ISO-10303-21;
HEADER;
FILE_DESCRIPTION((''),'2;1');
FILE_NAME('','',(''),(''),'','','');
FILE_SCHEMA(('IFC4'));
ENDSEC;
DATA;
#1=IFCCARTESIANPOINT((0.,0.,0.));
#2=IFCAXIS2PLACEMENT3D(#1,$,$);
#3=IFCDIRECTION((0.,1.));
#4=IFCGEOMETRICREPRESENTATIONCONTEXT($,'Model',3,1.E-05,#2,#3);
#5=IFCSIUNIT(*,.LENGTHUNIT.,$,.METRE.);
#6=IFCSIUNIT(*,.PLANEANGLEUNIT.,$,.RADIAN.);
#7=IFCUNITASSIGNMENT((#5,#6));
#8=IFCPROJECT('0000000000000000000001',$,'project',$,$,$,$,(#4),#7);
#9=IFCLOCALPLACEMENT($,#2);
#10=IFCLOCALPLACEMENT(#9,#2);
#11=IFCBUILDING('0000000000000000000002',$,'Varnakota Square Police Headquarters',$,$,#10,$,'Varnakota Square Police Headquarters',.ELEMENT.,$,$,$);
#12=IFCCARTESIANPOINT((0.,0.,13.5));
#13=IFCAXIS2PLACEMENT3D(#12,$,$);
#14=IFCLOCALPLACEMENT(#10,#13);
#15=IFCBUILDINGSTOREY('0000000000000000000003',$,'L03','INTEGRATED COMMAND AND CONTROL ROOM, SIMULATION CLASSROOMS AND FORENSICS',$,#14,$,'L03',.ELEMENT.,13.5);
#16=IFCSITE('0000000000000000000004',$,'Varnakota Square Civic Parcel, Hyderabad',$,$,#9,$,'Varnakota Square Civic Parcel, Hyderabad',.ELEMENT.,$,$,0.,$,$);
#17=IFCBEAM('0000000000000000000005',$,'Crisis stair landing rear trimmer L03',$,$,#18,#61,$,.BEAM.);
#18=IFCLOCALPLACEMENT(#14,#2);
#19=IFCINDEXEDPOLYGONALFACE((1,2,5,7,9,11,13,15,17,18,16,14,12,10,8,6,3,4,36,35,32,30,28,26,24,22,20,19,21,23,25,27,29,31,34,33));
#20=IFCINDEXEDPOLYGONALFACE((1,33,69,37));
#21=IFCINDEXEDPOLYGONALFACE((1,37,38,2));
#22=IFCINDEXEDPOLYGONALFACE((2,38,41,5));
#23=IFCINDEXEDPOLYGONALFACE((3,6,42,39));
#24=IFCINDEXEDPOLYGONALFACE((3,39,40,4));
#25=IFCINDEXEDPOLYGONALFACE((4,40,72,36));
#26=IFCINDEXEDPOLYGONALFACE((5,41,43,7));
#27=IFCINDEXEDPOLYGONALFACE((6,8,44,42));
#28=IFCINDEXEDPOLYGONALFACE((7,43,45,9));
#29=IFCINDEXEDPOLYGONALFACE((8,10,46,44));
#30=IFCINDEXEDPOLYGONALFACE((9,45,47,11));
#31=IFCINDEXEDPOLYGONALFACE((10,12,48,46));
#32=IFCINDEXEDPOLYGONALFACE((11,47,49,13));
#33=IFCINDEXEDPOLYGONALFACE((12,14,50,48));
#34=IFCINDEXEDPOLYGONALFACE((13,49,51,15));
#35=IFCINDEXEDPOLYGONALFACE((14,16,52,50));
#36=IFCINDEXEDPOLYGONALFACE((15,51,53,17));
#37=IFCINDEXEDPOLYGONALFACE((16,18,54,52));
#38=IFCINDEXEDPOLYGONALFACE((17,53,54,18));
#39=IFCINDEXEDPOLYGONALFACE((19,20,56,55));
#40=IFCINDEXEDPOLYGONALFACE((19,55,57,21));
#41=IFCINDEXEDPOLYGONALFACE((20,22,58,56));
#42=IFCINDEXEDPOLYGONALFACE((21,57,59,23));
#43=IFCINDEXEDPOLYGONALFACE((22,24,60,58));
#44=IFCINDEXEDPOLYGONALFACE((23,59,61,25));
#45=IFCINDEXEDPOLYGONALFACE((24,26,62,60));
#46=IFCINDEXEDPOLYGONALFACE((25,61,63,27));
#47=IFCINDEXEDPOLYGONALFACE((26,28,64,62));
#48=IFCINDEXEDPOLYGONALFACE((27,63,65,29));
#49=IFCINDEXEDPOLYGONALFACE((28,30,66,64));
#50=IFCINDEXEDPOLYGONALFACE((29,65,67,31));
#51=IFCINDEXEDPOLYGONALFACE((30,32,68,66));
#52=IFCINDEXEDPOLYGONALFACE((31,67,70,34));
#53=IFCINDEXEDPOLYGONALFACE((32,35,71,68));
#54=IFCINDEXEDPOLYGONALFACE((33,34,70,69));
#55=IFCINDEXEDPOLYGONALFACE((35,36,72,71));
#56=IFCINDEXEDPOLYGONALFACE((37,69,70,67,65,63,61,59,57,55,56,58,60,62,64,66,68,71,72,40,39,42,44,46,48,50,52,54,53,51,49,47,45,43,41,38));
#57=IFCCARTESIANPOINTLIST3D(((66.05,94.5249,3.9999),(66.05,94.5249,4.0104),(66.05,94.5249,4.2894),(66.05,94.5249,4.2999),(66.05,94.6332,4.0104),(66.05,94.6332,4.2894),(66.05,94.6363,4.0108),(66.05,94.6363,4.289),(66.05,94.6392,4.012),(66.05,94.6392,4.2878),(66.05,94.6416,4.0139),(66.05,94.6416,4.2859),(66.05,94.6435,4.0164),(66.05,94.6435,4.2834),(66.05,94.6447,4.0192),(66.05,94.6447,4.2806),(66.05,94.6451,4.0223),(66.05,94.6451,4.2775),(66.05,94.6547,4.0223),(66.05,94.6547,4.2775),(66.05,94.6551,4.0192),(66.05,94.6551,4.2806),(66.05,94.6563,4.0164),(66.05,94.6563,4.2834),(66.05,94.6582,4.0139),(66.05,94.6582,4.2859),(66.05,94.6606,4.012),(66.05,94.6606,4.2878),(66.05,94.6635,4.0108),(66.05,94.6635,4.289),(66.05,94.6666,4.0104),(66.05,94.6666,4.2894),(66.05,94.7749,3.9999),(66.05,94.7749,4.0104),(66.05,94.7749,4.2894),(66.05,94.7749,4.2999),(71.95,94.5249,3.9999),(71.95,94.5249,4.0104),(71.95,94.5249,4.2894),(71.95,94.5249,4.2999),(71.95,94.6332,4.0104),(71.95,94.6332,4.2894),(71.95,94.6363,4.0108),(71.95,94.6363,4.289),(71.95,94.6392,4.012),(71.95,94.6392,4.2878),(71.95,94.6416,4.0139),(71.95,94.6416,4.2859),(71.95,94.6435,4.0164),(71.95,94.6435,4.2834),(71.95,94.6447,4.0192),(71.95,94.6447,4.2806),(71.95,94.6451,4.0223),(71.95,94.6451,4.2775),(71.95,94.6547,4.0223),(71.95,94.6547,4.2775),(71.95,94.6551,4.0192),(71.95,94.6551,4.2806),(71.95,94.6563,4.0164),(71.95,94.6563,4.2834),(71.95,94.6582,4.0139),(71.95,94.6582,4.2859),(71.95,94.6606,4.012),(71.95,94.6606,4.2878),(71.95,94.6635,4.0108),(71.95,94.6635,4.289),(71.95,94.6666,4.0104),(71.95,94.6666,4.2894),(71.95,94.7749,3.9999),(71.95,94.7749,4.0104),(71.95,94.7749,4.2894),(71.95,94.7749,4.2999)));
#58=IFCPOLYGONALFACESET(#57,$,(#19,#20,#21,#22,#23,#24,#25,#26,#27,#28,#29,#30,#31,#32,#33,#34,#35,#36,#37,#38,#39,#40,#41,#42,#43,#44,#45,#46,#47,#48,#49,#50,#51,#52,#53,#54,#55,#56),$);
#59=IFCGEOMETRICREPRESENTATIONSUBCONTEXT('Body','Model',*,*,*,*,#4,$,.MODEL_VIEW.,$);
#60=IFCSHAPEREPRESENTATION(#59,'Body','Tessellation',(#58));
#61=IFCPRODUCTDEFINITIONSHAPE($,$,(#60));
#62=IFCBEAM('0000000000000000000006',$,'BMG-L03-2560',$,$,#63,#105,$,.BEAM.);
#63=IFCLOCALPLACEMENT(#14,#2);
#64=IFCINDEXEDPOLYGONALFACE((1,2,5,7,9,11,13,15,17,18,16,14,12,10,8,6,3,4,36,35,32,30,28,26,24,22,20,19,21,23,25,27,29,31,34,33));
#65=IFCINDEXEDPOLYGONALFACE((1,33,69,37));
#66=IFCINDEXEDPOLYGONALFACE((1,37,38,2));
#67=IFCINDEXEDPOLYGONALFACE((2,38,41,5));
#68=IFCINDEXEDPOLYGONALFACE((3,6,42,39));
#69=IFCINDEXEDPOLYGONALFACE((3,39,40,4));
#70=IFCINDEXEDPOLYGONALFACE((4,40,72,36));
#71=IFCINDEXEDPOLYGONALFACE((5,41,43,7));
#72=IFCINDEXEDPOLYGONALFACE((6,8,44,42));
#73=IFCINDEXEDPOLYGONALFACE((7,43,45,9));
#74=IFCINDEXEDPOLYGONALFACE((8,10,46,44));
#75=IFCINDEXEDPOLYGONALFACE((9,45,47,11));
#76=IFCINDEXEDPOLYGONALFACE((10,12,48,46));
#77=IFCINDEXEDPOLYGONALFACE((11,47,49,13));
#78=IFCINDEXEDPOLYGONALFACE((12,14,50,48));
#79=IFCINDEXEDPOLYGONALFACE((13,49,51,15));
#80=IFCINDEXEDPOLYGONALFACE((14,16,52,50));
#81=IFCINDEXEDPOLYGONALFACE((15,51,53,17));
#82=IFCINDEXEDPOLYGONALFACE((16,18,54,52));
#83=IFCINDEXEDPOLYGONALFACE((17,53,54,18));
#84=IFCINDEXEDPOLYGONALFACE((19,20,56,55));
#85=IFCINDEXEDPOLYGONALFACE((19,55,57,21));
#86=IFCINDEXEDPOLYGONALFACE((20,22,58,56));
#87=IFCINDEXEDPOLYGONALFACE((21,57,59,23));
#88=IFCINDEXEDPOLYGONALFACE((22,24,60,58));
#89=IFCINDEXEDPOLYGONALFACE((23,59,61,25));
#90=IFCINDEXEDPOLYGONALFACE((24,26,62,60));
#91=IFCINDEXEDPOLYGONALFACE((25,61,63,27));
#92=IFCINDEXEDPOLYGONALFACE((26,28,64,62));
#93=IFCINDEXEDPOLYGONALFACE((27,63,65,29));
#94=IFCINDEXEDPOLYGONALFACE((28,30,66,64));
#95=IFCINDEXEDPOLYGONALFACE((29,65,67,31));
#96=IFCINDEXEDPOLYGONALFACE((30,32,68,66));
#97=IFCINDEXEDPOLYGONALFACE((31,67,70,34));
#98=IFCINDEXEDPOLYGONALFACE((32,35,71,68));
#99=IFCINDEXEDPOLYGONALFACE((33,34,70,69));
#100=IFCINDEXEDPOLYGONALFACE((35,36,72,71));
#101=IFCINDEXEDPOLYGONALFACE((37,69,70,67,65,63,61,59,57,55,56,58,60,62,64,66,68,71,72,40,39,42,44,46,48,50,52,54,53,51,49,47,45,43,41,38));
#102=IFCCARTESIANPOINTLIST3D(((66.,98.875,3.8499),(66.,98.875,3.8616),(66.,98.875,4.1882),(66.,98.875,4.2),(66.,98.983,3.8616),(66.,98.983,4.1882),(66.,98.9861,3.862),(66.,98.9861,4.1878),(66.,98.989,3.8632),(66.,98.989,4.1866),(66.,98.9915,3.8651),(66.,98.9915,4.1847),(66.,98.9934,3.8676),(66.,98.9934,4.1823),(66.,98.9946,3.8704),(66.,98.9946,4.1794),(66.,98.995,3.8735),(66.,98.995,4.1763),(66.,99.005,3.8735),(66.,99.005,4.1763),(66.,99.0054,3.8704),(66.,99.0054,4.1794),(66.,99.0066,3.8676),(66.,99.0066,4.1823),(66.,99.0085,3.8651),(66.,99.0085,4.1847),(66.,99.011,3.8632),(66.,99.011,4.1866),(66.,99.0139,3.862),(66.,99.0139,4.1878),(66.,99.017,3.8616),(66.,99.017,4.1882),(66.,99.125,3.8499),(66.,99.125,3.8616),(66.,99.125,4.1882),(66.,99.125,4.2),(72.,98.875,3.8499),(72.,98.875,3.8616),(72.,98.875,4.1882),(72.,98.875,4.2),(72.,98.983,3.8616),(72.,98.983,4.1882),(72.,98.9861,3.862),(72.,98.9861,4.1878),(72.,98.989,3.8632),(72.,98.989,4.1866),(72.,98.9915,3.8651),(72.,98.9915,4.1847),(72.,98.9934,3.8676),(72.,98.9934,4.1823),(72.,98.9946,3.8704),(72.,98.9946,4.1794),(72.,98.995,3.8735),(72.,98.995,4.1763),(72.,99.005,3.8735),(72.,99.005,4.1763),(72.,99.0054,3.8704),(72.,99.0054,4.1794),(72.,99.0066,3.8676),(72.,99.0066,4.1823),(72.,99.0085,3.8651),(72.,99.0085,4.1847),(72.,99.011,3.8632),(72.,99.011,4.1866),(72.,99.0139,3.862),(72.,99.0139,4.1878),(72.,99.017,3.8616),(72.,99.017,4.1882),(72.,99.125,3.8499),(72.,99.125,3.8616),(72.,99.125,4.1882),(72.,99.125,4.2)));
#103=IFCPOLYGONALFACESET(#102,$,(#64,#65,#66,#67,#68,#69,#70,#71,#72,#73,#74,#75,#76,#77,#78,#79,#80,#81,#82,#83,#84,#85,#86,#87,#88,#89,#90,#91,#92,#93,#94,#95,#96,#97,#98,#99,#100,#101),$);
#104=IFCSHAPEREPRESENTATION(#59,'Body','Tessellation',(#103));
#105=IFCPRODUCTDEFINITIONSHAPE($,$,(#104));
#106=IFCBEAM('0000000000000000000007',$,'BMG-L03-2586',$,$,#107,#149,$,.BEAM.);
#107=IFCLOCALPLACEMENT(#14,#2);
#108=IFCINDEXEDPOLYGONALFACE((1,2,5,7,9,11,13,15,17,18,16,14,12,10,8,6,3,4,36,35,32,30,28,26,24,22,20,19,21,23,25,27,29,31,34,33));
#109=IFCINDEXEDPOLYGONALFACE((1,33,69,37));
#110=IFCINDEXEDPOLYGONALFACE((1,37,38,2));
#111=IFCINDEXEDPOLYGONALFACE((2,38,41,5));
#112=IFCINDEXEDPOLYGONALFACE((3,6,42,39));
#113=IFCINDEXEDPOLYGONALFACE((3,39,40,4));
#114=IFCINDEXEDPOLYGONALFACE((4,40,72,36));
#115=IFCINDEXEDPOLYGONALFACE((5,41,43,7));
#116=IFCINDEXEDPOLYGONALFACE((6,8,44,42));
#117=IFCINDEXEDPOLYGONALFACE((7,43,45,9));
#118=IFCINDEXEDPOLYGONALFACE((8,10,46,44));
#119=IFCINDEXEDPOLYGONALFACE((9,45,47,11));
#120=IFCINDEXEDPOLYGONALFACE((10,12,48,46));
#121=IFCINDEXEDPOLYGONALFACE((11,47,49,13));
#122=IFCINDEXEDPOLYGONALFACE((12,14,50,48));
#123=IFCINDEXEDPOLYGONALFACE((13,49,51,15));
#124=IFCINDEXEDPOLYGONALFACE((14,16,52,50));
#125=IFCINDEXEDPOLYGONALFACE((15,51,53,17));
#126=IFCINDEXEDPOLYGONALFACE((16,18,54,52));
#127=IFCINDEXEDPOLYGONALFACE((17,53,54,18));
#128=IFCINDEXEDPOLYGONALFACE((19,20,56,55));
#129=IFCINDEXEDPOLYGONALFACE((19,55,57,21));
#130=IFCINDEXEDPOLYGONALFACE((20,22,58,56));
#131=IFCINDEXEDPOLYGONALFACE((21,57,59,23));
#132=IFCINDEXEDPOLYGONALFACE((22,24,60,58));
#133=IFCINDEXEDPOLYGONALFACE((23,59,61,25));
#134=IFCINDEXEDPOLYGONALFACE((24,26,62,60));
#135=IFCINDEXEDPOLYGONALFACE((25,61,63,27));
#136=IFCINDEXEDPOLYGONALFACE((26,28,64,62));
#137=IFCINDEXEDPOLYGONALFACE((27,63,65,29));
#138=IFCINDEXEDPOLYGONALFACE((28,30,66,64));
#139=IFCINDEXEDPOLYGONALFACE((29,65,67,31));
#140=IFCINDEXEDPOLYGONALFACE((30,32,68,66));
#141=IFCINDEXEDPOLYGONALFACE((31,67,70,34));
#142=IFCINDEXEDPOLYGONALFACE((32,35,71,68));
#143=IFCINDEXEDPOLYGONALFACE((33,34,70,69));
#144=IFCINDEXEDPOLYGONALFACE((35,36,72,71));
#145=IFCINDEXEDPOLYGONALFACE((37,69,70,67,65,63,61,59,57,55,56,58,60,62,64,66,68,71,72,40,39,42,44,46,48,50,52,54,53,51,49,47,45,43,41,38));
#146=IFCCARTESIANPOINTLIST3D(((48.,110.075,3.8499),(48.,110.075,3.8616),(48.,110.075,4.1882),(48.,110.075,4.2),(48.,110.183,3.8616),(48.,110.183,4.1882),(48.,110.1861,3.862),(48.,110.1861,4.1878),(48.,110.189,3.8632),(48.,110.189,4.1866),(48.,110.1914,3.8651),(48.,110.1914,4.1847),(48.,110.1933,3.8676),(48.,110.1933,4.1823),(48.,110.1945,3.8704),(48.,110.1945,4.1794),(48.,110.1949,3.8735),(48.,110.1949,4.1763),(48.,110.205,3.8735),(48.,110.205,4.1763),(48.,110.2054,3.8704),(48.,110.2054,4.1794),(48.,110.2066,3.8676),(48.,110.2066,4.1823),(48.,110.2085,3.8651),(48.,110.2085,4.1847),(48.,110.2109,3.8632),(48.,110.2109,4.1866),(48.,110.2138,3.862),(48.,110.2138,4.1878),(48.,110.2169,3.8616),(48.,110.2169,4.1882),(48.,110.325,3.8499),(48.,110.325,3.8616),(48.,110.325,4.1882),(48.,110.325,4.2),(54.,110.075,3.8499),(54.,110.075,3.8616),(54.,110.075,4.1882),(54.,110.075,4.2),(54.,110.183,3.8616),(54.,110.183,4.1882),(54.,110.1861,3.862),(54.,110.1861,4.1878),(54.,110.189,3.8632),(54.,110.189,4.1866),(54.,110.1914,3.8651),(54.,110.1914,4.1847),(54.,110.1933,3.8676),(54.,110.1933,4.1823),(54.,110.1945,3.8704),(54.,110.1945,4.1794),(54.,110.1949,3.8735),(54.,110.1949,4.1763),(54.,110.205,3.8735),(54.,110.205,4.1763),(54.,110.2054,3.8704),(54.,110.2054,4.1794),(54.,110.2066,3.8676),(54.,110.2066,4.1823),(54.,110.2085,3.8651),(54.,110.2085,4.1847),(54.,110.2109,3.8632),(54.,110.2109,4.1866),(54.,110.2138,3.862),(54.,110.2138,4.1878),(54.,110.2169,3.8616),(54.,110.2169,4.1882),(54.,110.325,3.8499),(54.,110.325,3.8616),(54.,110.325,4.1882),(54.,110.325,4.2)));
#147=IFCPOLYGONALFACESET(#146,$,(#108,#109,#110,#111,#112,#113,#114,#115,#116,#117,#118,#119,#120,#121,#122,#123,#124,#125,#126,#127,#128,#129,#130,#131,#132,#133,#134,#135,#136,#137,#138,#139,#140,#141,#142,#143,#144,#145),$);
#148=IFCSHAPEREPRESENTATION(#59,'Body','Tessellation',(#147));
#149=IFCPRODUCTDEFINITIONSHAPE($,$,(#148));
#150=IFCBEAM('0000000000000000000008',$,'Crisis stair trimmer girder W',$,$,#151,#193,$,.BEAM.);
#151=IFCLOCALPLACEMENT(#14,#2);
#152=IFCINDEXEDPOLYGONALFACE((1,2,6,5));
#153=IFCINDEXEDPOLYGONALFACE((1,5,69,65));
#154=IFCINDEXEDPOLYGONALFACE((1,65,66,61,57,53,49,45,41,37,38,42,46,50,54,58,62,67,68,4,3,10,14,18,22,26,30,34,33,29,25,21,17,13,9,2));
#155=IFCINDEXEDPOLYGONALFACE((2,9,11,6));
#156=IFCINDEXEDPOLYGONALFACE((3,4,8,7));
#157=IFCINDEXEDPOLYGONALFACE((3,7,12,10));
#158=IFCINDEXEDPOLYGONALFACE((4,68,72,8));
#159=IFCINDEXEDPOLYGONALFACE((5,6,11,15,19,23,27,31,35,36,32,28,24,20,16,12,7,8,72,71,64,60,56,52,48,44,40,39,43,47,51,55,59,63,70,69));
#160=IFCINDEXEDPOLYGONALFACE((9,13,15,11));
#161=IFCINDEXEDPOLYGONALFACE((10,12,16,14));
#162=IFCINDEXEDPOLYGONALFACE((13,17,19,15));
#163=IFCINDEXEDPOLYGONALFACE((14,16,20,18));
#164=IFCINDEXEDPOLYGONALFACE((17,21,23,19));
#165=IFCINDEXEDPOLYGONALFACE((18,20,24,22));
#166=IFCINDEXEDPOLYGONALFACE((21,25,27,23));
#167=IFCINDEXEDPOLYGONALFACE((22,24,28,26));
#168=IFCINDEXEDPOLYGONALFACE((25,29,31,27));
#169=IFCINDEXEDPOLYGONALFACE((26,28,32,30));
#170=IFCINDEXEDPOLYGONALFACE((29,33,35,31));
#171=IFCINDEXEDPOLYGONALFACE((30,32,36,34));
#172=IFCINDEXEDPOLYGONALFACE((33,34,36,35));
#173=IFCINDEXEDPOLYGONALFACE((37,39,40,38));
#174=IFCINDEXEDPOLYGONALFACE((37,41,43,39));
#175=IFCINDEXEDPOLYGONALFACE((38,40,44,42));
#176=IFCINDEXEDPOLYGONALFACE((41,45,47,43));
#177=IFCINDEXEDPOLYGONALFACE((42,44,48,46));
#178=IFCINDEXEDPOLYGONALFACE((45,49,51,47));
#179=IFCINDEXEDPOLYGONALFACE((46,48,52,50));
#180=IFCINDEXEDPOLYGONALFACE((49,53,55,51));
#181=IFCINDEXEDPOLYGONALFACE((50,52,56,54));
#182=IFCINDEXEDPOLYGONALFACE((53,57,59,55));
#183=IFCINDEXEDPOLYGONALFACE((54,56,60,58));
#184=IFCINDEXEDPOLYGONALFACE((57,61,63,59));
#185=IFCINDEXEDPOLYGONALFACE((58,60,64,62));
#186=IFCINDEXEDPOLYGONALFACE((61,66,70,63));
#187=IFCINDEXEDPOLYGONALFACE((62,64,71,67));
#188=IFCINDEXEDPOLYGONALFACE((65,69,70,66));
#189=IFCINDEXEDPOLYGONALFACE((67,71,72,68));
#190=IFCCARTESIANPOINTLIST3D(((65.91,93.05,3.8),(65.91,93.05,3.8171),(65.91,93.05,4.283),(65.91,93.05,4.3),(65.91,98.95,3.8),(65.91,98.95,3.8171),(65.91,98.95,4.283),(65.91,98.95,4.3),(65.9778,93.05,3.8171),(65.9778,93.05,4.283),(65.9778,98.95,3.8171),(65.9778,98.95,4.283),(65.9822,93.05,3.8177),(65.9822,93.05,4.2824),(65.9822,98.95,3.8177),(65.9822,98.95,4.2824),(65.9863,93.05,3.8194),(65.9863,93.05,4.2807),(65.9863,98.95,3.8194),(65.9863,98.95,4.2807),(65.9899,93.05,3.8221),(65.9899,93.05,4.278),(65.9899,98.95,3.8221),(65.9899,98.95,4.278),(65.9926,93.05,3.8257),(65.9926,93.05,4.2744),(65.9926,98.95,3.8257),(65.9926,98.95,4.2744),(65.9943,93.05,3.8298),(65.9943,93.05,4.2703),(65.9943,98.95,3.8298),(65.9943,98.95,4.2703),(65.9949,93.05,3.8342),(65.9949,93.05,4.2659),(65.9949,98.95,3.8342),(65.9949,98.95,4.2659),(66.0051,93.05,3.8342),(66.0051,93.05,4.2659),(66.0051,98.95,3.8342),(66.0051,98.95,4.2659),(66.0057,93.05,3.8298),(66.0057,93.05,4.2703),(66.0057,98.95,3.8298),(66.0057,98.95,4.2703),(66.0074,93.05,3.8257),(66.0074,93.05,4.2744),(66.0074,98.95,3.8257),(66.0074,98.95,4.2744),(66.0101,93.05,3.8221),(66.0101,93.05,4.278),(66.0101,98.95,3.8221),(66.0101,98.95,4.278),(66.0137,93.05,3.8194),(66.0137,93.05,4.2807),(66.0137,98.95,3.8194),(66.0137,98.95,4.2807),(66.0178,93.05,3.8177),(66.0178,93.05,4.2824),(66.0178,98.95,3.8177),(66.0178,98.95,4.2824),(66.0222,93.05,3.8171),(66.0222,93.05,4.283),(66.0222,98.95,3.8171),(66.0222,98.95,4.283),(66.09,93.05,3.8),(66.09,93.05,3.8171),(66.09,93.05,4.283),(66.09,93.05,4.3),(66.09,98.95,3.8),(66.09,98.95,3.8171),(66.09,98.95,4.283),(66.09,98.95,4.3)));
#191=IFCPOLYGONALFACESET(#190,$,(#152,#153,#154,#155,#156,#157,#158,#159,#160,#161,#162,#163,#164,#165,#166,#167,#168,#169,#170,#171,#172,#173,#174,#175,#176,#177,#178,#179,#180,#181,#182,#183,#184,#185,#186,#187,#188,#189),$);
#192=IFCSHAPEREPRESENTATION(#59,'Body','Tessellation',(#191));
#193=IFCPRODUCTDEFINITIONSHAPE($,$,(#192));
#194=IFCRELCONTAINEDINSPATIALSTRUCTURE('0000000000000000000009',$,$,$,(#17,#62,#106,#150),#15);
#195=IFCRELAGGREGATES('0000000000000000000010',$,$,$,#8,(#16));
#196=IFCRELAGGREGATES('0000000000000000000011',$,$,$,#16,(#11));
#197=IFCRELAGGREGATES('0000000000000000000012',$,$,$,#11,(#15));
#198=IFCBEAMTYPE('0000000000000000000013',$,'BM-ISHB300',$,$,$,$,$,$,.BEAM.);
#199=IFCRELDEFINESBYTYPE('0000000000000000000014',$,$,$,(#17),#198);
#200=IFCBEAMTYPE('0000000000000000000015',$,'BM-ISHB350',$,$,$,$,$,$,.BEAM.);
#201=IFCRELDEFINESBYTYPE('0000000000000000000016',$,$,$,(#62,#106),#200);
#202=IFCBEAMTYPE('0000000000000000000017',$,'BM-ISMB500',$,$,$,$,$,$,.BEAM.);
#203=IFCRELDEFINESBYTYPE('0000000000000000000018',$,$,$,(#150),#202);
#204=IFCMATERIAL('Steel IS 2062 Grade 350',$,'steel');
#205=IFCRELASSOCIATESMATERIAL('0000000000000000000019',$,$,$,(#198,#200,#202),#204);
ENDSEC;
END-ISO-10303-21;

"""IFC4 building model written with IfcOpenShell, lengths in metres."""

from ifc_helpers import new_model, si_unit, direction, frame, origin, origin_2d, place, context, subcontext, project, spatial, i_section, extrude, material, material_profile, profile_set, type_object, element, save


model = new_model("IFC4")

# Units and contexts
model_context = context("Model", 3, precision=1e-05, world=origin(), true_north=direction((0.0, 1.0)))
body_context = subcontext(model_context, "Body", "Model", "MODEL_VIEW")
ifc_project = project(units=[si_unit("LENGTHUNIT", "METRE"), si_unit("PLANEANGLEUNIT", "RADIAN")], contexts=[model_context])

# Site, building, storey
site_placement = place(None, origin())
site = spatial("IfcSite", under=ifc_project, at=site_placement, Name="Varnakota Square Civic Parcel, Hyderabad", LongName="Varnakota Square Civic Parcel, Hyderabad", CompositionType="ELEMENT", RefElevation=0.0)
building_placement = place(site_placement, origin())
building = spatial("IfcBuilding", under=site, at=building_placement, Name="Varnakota Square Police Headquarters", LongName="Varnakota Square Police Headquarters", CompositionType="ELEMENT")
storey_placement = place(building_placement, frame((0.0, 0.0, 13.5)))
storey = spatial("IfcBuildingStorey", under=building, at=storey_placement, Name="L03", Description="INTEGRATED COMMAND AND CONTROL ROOM, SIMULATION CLASSROOMS AND FORENSICS", LongName="L03", CompositionType="ELEMENT", Elevation=13.5)

# Shared definitions
ifc_material_1 = material(Name="Steel IS 2062 Grade 350", Category="steel")

# Beams
ifc_material_profile_1 = material_profile(ifc_material_1, i_section(OverallWidth=0.25, OverallDepth=0.3, WebThickness=0.0095, FlangeThickness=0.0105, FilletRadius=0.012, at=origin_2d()), Name="ISHB 300")
ifc_profile_set_1 = profile_set([ifc_material_profile_1], Name="Steel IS 2062 Grade 350")
beam_type_1 = type_object("IfcBeamType", Name="BM-ISHB300", PredefinedType="BEAM", material=ifc_profile_set_1)
for number, where, z_axis, x_axis, name in (
    (1, (66.05, 94.6499, 4.1499), (1.0, 0.0, 0.0), (0.0, 1.0, 0.0), "Crisis stair landing rear trimmer L03"),
):
    element("IfcBeam", number, at=place(storey_placement, frame(where, z_axis=z_axis, x_axis=x_axis)), inside=storey, type_object=beam_type_1, Name=name, PredefinedType="BEAM", context=body_context, shape_type="SweptSolid", body=[
        extrude(i_section(OverallWidth=0.25, OverallDepth=0.3, WebThickness=0.0095, FlangeThickness=0.0105, FilletRadius=0.012, at=origin_2d()), origin(), (0.0, 0.0, 1.0), 5.8999),
    ])
ifc_material_profile_2 = material_profile(ifc_material_1, i_section(OverallWidth=0.25, OverallDepth=0.3501, WebThickness=0.01, FlangeThickness=0.0117, FilletRadius=0.012, at=origin_2d()), Name="ISHB 350")
ifc_profile_set_2 = profile_set([ifc_material_profile_2], Name="Steel IS 2062 Grade 350")
beam_type_2 = type_object("IfcBeamType", Name="BM-ISHB350", PredefinedType="BEAM", material=ifc_profile_set_2)
for number, where, z_axis, x_axis, name in (
    (2, (66.0, 99.0, 4.0249), (1.0, 0.0, 0.0), (0.0, 1.0, 0.0), "BMG-L03-2560"),
    (3, (48.0, 110.2, 4.0249), (1.0, 0.0, 0.0), (0.0, 1.0, 0.0), "BMG-L03-2586"),
):
    element("IfcBeam", number, at=place(storey_placement, frame(where, z_axis=z_axis, x_axis=x_axis)), inside=storey, type_object=beam_type_2, Name=name, PredefinedType="BEAM", context=body_context, shape_type="SweptSolid", body=[
        extrude(i_section(OverallWidth=0.25, OverallDepth=0.3501, WebThickness=0.01, FlangeThickness=0.0117, FilletRadius=0.012, at=origin_2d()), origin(), (0.0, 0.0, 1.0), 6.0),
    ])
ifc_material_profile_3 = material_profile(ifc_material_1, i_section(OverallWidth=0.1799, OverallDepth=0.5, WebThickness=0.0103, FlangeThickness=0.0171, FilletRadius=0.0171, at=origin_2d()), Name="ISMB 500")
ifc_profile_set_3 = profile_set([ifc_material_profile_3], Name="Steel IS 2062 Grade 350")
beam_type_3 = type_object("IfcBeamType", Name="BM-ISMB500", PredefinedType="BEAM", material=ifc_profile_set_3)
beam_1_placement = place(storey_placement, frame((66.0, 93.05, 4.05), z_axis=(0.0, 1.0, 0.0), x_axis=(-1.0, 0.0, 0.0)))
element("IfcBeam", 4, at=beam_1_placement, inside=storey, type_object=beam_type_3, Name="Crisis stair trimmer girder W", PredefinedType="BEAM", context=body_context, shape_type="SweptSolid", body=[
    extrude(i_section(OverallWidth=0.1799, OverallDepth=0.5, WebThickness=0.0103, FlangeThickness=0.0171, FilletRadius=0.0171, at=origin_2d()), origin(), (0.0, 0.0, 1.0), 5.8999),
])

save(model, "model.ifc")
